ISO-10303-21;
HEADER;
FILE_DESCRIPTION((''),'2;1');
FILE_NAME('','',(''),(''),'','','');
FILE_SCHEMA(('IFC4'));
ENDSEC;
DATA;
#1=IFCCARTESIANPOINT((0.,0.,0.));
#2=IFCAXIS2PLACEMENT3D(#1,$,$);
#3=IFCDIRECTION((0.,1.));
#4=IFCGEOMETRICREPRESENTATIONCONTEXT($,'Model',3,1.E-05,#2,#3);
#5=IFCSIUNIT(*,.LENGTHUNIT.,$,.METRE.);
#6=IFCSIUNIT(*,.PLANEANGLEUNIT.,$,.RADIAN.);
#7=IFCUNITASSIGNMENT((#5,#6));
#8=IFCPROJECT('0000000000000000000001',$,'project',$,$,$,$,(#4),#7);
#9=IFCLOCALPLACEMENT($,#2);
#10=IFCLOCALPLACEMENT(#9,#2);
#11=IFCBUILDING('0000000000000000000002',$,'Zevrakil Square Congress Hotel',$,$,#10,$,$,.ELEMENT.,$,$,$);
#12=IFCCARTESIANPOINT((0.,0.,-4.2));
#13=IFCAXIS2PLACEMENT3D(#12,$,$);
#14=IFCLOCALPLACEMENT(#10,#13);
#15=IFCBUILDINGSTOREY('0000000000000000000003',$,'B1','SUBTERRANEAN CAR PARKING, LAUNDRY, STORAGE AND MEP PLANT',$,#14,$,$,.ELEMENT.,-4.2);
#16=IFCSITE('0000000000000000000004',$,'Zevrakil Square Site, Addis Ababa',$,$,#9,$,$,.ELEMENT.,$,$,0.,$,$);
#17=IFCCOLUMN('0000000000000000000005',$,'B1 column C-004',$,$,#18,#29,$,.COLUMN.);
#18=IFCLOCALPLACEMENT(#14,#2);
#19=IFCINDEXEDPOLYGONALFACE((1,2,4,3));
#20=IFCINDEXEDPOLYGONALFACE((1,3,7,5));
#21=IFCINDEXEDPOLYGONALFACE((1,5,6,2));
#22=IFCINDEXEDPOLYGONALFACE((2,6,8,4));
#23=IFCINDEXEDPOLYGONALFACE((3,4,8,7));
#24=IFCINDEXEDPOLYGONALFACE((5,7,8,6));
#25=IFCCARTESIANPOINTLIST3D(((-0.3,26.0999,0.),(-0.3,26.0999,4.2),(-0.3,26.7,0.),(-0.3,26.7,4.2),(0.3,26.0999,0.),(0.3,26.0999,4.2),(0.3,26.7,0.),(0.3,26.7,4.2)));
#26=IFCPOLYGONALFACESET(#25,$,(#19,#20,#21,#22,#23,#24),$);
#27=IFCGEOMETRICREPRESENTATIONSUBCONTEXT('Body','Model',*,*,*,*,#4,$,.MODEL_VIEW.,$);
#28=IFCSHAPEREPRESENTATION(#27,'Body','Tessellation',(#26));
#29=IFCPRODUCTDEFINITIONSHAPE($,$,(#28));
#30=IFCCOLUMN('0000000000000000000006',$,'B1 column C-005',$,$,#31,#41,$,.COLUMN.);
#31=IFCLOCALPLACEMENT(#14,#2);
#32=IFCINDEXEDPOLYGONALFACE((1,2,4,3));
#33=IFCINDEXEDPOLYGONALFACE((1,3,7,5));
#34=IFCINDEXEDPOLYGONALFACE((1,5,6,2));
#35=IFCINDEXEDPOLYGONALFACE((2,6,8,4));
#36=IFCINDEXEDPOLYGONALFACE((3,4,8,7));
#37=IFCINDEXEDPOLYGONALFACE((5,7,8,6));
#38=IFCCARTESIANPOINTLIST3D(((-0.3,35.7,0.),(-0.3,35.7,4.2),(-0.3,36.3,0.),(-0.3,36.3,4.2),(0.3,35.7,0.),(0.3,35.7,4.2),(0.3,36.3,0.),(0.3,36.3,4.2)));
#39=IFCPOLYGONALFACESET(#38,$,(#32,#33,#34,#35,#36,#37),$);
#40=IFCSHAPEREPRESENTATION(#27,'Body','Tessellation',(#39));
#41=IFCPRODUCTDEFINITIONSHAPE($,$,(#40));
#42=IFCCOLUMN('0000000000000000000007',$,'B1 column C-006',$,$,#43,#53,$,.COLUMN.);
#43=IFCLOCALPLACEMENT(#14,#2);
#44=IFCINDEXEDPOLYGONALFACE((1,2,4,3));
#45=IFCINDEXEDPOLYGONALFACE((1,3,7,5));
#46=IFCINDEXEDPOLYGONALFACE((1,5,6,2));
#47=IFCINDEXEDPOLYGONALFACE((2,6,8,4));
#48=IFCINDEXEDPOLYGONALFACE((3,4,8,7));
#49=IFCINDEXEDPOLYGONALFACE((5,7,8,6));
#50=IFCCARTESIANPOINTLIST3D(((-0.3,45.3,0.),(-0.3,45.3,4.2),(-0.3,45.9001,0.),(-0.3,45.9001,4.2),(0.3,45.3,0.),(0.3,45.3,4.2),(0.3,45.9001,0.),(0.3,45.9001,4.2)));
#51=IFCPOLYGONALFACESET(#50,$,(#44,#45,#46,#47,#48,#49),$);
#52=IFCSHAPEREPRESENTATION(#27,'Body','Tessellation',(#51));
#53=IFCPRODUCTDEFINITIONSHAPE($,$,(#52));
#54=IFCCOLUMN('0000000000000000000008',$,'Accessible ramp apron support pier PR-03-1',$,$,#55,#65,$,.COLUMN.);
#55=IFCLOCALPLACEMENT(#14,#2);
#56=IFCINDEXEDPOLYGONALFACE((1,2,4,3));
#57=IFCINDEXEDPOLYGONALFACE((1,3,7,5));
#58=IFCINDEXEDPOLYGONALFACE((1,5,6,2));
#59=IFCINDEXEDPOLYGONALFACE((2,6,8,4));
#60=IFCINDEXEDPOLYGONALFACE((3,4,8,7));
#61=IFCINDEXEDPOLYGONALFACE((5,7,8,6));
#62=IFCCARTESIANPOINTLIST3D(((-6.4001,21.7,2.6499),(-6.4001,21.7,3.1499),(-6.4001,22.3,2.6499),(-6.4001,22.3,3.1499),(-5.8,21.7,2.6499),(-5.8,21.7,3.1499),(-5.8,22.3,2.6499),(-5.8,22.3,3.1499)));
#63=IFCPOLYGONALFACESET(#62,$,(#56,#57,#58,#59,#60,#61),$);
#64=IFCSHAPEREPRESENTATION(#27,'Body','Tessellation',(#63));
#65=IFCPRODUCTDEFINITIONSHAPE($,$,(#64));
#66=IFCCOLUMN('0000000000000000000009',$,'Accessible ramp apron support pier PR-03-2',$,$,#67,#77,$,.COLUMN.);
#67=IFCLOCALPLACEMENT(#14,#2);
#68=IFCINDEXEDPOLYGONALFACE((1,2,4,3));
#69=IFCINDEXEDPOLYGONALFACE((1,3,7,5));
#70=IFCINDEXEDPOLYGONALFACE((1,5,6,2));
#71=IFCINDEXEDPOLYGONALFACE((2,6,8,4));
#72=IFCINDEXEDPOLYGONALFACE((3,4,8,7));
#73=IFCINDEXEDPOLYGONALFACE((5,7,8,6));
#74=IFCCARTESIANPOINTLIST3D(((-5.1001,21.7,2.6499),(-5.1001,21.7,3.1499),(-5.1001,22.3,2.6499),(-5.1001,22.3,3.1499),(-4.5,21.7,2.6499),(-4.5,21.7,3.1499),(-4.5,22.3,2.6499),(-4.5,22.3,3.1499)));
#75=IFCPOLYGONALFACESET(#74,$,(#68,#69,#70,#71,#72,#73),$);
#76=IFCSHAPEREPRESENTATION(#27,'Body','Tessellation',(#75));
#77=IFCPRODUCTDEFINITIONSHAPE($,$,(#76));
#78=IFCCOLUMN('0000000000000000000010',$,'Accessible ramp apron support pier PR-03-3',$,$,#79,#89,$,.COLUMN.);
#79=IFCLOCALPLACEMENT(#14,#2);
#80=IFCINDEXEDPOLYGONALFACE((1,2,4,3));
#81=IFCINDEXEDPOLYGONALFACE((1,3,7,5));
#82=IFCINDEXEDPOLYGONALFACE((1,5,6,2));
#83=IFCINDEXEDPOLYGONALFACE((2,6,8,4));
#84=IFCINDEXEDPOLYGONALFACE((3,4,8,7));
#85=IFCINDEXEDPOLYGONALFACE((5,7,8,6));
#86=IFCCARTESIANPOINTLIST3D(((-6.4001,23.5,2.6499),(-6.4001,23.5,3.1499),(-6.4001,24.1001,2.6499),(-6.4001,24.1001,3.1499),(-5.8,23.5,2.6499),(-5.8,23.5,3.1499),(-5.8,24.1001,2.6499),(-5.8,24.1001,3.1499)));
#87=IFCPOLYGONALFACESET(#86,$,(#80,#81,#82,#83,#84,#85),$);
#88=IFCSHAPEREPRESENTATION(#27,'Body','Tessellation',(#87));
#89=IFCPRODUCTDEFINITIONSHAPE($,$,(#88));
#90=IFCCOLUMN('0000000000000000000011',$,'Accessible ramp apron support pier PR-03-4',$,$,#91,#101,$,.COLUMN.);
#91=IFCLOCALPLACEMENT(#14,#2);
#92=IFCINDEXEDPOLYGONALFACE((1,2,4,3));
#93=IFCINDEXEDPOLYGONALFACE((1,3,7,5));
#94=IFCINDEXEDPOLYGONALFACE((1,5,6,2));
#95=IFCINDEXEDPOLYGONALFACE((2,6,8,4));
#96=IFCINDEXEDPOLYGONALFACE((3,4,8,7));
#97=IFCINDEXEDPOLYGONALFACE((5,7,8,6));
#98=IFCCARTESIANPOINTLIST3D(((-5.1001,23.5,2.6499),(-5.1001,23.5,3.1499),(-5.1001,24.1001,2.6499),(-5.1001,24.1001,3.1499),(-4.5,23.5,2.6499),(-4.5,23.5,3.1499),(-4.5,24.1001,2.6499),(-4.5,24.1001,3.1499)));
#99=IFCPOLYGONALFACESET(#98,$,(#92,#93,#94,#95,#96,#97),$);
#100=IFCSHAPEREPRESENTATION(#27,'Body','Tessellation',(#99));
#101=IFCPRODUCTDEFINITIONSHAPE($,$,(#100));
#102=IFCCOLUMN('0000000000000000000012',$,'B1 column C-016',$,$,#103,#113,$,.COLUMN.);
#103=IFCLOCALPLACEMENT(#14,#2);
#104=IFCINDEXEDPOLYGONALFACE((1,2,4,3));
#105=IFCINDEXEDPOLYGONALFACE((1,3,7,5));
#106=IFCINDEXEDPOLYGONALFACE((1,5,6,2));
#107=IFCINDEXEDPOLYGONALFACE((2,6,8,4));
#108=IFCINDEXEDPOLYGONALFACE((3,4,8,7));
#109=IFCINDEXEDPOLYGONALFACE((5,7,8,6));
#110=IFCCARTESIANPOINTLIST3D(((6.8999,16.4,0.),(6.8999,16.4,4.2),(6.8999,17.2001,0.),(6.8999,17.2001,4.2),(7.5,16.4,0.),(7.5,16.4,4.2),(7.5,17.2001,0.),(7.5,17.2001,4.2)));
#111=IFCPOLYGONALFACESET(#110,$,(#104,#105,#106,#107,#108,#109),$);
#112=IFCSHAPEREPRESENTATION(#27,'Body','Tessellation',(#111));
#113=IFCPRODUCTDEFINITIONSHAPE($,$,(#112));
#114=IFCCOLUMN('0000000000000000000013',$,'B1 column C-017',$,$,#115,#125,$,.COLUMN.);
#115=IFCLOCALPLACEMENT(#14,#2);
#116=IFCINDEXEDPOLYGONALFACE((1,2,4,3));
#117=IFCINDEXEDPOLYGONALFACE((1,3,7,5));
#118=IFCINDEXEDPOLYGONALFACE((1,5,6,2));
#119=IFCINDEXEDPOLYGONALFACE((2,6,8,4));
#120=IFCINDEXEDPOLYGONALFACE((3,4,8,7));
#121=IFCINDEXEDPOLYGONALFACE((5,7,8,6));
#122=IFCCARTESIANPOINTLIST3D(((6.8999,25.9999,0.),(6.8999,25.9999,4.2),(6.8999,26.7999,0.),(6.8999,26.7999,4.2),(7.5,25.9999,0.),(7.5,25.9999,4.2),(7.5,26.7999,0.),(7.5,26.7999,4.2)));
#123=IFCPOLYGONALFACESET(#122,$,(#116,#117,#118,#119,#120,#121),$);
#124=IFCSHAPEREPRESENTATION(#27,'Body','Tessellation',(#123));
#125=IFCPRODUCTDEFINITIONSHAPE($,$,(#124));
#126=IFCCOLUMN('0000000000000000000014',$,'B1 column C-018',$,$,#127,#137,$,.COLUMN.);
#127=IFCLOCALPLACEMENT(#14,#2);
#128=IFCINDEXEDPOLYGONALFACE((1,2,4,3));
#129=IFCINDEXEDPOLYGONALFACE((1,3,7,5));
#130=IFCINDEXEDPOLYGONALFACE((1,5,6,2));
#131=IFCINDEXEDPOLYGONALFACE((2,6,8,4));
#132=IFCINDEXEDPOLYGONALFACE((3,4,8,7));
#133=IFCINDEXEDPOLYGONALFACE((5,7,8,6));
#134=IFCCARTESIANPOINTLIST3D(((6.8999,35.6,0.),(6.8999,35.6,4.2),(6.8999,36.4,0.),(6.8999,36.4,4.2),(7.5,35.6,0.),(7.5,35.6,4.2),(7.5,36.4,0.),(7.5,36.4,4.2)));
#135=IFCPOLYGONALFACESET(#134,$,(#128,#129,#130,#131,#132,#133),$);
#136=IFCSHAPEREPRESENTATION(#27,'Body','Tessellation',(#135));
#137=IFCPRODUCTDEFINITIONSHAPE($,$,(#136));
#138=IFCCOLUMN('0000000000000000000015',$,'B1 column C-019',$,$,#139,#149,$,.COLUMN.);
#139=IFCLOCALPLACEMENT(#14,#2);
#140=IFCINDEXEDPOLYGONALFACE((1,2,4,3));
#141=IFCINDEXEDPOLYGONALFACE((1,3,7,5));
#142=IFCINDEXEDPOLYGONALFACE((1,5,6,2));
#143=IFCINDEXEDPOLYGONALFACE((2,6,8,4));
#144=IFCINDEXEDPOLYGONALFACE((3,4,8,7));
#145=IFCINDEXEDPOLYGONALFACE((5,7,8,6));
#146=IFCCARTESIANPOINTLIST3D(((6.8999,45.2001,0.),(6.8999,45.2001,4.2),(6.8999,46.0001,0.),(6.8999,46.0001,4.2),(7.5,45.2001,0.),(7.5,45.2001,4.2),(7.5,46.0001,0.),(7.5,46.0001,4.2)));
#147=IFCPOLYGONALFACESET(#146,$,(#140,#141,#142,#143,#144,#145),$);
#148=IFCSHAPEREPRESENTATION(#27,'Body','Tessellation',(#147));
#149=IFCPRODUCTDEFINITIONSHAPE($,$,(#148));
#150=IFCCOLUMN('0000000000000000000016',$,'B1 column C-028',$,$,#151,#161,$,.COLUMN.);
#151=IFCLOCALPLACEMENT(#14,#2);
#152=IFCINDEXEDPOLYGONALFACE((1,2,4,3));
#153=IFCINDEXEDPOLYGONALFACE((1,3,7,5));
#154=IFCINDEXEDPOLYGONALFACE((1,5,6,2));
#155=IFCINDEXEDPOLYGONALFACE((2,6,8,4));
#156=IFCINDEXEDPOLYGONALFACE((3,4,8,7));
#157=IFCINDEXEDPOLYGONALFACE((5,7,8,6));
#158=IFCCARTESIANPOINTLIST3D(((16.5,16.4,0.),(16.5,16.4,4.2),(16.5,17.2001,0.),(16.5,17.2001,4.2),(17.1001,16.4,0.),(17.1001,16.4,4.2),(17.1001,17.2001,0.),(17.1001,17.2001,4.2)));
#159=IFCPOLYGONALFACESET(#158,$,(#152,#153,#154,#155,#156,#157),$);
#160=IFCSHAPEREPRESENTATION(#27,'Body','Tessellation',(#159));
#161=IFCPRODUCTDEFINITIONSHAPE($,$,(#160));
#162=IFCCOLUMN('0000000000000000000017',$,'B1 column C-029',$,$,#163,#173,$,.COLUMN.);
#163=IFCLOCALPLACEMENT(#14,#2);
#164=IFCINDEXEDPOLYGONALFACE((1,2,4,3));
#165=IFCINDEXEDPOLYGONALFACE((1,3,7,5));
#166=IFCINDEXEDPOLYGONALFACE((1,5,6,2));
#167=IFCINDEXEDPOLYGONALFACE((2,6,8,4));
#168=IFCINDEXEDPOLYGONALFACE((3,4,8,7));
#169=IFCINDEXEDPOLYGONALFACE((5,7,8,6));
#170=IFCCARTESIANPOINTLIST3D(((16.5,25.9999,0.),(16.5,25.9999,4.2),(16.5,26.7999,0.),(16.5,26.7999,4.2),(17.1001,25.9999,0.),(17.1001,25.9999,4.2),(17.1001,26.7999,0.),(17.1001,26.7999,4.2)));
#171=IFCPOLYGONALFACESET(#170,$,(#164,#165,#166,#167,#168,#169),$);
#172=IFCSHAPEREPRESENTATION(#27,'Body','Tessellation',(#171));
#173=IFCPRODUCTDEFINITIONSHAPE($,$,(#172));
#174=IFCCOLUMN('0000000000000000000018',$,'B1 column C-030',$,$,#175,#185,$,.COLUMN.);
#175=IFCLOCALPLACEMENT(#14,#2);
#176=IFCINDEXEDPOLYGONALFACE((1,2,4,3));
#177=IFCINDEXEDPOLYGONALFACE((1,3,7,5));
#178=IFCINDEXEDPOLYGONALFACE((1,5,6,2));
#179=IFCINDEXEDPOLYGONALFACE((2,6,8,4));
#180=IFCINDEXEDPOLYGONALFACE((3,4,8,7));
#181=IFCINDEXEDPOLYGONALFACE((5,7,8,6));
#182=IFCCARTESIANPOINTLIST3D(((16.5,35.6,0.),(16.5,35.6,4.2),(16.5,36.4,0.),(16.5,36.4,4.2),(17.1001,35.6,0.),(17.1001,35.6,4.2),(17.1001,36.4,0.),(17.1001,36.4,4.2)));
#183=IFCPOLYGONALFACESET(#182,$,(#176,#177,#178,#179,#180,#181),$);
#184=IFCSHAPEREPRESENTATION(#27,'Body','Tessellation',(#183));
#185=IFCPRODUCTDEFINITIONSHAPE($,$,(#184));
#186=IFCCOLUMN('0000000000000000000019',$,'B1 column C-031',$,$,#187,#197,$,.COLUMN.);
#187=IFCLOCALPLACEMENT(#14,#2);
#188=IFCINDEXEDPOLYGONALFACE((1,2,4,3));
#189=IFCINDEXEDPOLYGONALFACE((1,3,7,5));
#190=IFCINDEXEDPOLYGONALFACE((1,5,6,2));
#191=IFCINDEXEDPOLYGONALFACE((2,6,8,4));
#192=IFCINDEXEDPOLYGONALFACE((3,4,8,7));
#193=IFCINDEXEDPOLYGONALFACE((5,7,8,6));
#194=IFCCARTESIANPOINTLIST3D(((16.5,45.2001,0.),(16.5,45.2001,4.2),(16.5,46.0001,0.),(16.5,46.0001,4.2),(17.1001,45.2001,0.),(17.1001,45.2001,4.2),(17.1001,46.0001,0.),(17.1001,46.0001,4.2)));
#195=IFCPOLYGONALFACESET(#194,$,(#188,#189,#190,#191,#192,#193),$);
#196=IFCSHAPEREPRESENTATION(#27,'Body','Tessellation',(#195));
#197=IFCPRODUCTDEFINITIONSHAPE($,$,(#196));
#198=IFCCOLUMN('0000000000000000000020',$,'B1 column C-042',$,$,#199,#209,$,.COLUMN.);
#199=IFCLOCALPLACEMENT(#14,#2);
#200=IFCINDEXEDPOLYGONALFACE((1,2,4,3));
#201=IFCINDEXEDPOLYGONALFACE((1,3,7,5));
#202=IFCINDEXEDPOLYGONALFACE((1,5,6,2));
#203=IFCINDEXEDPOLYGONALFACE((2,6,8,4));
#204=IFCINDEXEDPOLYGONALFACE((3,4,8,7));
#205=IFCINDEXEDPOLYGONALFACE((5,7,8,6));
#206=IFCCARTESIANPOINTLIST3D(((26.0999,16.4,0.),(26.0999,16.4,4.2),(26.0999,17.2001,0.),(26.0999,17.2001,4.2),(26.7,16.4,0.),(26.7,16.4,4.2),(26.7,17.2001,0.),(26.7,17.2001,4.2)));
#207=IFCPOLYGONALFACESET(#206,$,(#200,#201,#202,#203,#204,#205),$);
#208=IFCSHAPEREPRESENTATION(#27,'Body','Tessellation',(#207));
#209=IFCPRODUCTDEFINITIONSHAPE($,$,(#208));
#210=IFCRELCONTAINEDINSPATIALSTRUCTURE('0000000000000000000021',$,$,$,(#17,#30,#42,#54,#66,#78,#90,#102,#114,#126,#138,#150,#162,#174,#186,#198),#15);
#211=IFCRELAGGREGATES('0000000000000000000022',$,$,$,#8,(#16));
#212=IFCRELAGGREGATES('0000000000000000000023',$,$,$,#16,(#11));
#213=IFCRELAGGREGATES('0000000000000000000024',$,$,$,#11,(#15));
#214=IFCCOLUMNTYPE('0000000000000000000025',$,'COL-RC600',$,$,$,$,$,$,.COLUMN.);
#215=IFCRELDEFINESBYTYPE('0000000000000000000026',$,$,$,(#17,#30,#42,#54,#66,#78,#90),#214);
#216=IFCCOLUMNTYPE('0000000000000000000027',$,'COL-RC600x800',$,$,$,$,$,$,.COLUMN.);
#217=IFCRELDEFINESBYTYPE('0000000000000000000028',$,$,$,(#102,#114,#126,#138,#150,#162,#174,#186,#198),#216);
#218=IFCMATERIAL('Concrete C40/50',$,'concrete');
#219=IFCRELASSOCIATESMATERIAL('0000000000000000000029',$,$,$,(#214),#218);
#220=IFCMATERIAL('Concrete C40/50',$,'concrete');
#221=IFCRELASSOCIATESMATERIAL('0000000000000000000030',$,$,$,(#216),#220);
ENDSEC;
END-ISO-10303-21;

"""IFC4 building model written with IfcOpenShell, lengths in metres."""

from ifc_helpers import new_model, si_unit, direction, frame, origin, origin_2d, place, context, subcontext, project, spatial, rectangle, extrude, material, material_profile, profile_set, type_object, element, save


model = new_model("IFC4")

# Units and contexts
model_context = context("Model", 3, precision=1e-05, world=origin(), true_north=direction((0.0, 1.0)))
body_context = subcontext(model_context, "Body", "Model", "MODEL_VIEW")
ifc_project = project(units=[si_unit("LENGTHUNIT", "METRE"), si_unit("PLANEANGLEUNIT", "RADIAN")], contexts=[model_context])

# Site, building, storey
site_placement = place(None, origin())
site = spatial("IfcSite", under=ifc_project, at=site_placement, Name="Zevrakil Square Site, Addis Ababa", CompositionType="ELEMENT", RefElevation=0.0)
building_placement = place(site_placement, origin())
building = spatial("IfcBuilding", under=site, at=building_placement, Name="Zevrakil Square Congress Hotel", CompositionType="ELEMENT")
storey_placement = place(building_placement, frame((0.0, 0.0, -4.2)))
storey = spatial("IfcBuildingStorey", under=building, at=storey_placement, Name="B1", Description="SUBTERRANEAN CAR PARKING, LAUNDRY, STORAGE AND MEP PLANT", CompositionType="ELEMENT", Elevation=-4.2)

# Columns
ifc_material_1 = material(Name="Concrete C40/50", Category="concrete")
ifc_material_profile_1 = material_profile(ifc_material_1, rectangle(XDim=0.6001, YDim=0.6001, at=origin_2d()), Name="RC 600x600")
ifc_profile_set_1 = profile_set([ifc_material_profile_1], Name="Concrete C40/50")
column_type_1 = type_object("IfcColumnType", Name="COL-RC600", PredefinedType="COLUMN", material=ifc_profile_set_1)
for number, where, z_axis, x_axis, name in (
    (1, (0.0, 26.3999, 0.0), (0.0, 0.0, 1.0), (1.0, 0.0, 0.0), "B1 column C-004"),
    (2, (0.0, 36.0, 0.0), (0.0, 0.0, 1.0), (1.0, 0.0, 0.0), "B1 column C-005"),
    (3, (0.0, 45.6001, 0.0), (0.0, 0.0, 1.0), (1.0, 0.0, 0.0), "B1 column C-006"),
):
    element("IfcColumn", number, at=place(storey_placement, frame(where, z_axis=z_axis, x_axis=x_axis)), inside=storey, type_object=column_type_1, Name=name, PredefinedType="COLUMN", context=body_context, shape_type="SweptSolid", body=[
        extrude(rectangle(XDim=0.6001, YDim=0.6001, at=origin_2d()), origin(), (0.0, 0.0, 1.0), 4.2),
    ])
for number, where, z_axis, x_axis, name in (
    (4, (-6.1001, 22.0, 2.6499), (0.0, 0.0, 1.0), (1.0, 0.0, 0.0), "Accessible ramp apron support pier PR-03-1"),
    (5, (-4.8, 22.0, 2.6499), (0.0, 0.0, 1.0), (1.0, 0.0, 0.0), "Accessible ramp apron support pier PR-03-2"),
    (6, (-6.1001, 23.8, 2.6499), (0.0, 0.0, 1.0), (1.0, 0.0, 0.0), "Accessible ramp apron support pier PR-03-3"),
    (7, (-4.8, 23.8, 2.6499), (0.0, 0.0, 1.0), (1.0, 0.0, 0.0), "Accessible ramp apron support pier PR-03-4"),
):
    element("IfcColumn", number, at=place(storey_placement, frame(where, z_axis=z_axis, x_axis=x_axis)), inside=storey, type_object=column_type_1, Name=name, PredefinedType="COLUMN", context=body_context, shape_type="SweptSolid", body=[
        extrude(rectangle(XDim=0.6001, YDim=0.6001, at=origin_2d()), origin(), (0.0, 0.0, 1.0), 0.5),
    ])
ifc_material_2 = material(Name="Concrete C40/50", Category="concrete")
ifc_material_profile_2 = material_profile(ifc_material_2, rectangle(XDim=0.6001, YDim=0.8, at=origin_2d()), Name="RC 600x800")
ifc_profile_set_2 = profile_set([ifc_material_profile_2], Name="Concrete C40/50")
column_type_2 = type_object("IfcColumnType", Name="COL-RC600x800", PredefinedType="COLUMN", material=ifc_profile_set_2)
for number, where, z_axis, x_axis, name in (
    (8, (7.2, 16.8, 0.0), (0.0, 0.0, 1.0), (1.0, 0.0, 0.0), "B1 column C-016"),
    (9, (7.2, 26.3999, 0.0), (0.0, 0.0, 1.0), (1.0, 0.0, 0.0), "B1 column C-017"),
    (10, (7.2, 36.0, 0.0), (0.0, 0.0, 1.0), (1.0, 0.0, 0.0), "B1 column C-018"),
    (11, (7.2, 45.6001, 0.0), (0.0, 0.0, 1.0), (1.0, 0.0, 0.0), "B1 column C-019"),
    (12, (16.8, 16.8, 0.0), (0.0, 0.0, 1.0), (1.0, 0.0, 0.0), "B1 column C-028"),
    (13, (16.8, 26.3999, 0.0), (0.0, 0.0, 1.0), (1.0, 0.0, 0.0), "B1 column C-029"),
    (14, (16.8, 36.0, 0.0), (0.0, 0.0, 1.0), (1.0, 0.0, 0.0), "B1 column C-030"),
    (15, (16.8, 45.6001, 0.0), (0.0, 0.0, 1.0), (1.0, 0.0, 0.0), "B1 column C-031"),
    (16, (26.3999, 16.8, 0.0), (0.0, 0.0, 1.0), (1.0, 0.0, 0.0), "B1 column C-042"),
):
    element("IfcColumn", number, at=place(storey_placement, frame(where, z_axis=z_axis, x_axis=x_axis)), inside=storey, type_object=column_type_2, Name=name, PredefinedType="COLUMN", context=body_context, shape_type="SweptSolid", body=[
        extrude(rectangle(XDim=0.6001, YDim=0.8, at=origin_2d()), origin(), (0.0, 0.0, 1.0), 4.2),
    ])

save(model, "model.ifc")
